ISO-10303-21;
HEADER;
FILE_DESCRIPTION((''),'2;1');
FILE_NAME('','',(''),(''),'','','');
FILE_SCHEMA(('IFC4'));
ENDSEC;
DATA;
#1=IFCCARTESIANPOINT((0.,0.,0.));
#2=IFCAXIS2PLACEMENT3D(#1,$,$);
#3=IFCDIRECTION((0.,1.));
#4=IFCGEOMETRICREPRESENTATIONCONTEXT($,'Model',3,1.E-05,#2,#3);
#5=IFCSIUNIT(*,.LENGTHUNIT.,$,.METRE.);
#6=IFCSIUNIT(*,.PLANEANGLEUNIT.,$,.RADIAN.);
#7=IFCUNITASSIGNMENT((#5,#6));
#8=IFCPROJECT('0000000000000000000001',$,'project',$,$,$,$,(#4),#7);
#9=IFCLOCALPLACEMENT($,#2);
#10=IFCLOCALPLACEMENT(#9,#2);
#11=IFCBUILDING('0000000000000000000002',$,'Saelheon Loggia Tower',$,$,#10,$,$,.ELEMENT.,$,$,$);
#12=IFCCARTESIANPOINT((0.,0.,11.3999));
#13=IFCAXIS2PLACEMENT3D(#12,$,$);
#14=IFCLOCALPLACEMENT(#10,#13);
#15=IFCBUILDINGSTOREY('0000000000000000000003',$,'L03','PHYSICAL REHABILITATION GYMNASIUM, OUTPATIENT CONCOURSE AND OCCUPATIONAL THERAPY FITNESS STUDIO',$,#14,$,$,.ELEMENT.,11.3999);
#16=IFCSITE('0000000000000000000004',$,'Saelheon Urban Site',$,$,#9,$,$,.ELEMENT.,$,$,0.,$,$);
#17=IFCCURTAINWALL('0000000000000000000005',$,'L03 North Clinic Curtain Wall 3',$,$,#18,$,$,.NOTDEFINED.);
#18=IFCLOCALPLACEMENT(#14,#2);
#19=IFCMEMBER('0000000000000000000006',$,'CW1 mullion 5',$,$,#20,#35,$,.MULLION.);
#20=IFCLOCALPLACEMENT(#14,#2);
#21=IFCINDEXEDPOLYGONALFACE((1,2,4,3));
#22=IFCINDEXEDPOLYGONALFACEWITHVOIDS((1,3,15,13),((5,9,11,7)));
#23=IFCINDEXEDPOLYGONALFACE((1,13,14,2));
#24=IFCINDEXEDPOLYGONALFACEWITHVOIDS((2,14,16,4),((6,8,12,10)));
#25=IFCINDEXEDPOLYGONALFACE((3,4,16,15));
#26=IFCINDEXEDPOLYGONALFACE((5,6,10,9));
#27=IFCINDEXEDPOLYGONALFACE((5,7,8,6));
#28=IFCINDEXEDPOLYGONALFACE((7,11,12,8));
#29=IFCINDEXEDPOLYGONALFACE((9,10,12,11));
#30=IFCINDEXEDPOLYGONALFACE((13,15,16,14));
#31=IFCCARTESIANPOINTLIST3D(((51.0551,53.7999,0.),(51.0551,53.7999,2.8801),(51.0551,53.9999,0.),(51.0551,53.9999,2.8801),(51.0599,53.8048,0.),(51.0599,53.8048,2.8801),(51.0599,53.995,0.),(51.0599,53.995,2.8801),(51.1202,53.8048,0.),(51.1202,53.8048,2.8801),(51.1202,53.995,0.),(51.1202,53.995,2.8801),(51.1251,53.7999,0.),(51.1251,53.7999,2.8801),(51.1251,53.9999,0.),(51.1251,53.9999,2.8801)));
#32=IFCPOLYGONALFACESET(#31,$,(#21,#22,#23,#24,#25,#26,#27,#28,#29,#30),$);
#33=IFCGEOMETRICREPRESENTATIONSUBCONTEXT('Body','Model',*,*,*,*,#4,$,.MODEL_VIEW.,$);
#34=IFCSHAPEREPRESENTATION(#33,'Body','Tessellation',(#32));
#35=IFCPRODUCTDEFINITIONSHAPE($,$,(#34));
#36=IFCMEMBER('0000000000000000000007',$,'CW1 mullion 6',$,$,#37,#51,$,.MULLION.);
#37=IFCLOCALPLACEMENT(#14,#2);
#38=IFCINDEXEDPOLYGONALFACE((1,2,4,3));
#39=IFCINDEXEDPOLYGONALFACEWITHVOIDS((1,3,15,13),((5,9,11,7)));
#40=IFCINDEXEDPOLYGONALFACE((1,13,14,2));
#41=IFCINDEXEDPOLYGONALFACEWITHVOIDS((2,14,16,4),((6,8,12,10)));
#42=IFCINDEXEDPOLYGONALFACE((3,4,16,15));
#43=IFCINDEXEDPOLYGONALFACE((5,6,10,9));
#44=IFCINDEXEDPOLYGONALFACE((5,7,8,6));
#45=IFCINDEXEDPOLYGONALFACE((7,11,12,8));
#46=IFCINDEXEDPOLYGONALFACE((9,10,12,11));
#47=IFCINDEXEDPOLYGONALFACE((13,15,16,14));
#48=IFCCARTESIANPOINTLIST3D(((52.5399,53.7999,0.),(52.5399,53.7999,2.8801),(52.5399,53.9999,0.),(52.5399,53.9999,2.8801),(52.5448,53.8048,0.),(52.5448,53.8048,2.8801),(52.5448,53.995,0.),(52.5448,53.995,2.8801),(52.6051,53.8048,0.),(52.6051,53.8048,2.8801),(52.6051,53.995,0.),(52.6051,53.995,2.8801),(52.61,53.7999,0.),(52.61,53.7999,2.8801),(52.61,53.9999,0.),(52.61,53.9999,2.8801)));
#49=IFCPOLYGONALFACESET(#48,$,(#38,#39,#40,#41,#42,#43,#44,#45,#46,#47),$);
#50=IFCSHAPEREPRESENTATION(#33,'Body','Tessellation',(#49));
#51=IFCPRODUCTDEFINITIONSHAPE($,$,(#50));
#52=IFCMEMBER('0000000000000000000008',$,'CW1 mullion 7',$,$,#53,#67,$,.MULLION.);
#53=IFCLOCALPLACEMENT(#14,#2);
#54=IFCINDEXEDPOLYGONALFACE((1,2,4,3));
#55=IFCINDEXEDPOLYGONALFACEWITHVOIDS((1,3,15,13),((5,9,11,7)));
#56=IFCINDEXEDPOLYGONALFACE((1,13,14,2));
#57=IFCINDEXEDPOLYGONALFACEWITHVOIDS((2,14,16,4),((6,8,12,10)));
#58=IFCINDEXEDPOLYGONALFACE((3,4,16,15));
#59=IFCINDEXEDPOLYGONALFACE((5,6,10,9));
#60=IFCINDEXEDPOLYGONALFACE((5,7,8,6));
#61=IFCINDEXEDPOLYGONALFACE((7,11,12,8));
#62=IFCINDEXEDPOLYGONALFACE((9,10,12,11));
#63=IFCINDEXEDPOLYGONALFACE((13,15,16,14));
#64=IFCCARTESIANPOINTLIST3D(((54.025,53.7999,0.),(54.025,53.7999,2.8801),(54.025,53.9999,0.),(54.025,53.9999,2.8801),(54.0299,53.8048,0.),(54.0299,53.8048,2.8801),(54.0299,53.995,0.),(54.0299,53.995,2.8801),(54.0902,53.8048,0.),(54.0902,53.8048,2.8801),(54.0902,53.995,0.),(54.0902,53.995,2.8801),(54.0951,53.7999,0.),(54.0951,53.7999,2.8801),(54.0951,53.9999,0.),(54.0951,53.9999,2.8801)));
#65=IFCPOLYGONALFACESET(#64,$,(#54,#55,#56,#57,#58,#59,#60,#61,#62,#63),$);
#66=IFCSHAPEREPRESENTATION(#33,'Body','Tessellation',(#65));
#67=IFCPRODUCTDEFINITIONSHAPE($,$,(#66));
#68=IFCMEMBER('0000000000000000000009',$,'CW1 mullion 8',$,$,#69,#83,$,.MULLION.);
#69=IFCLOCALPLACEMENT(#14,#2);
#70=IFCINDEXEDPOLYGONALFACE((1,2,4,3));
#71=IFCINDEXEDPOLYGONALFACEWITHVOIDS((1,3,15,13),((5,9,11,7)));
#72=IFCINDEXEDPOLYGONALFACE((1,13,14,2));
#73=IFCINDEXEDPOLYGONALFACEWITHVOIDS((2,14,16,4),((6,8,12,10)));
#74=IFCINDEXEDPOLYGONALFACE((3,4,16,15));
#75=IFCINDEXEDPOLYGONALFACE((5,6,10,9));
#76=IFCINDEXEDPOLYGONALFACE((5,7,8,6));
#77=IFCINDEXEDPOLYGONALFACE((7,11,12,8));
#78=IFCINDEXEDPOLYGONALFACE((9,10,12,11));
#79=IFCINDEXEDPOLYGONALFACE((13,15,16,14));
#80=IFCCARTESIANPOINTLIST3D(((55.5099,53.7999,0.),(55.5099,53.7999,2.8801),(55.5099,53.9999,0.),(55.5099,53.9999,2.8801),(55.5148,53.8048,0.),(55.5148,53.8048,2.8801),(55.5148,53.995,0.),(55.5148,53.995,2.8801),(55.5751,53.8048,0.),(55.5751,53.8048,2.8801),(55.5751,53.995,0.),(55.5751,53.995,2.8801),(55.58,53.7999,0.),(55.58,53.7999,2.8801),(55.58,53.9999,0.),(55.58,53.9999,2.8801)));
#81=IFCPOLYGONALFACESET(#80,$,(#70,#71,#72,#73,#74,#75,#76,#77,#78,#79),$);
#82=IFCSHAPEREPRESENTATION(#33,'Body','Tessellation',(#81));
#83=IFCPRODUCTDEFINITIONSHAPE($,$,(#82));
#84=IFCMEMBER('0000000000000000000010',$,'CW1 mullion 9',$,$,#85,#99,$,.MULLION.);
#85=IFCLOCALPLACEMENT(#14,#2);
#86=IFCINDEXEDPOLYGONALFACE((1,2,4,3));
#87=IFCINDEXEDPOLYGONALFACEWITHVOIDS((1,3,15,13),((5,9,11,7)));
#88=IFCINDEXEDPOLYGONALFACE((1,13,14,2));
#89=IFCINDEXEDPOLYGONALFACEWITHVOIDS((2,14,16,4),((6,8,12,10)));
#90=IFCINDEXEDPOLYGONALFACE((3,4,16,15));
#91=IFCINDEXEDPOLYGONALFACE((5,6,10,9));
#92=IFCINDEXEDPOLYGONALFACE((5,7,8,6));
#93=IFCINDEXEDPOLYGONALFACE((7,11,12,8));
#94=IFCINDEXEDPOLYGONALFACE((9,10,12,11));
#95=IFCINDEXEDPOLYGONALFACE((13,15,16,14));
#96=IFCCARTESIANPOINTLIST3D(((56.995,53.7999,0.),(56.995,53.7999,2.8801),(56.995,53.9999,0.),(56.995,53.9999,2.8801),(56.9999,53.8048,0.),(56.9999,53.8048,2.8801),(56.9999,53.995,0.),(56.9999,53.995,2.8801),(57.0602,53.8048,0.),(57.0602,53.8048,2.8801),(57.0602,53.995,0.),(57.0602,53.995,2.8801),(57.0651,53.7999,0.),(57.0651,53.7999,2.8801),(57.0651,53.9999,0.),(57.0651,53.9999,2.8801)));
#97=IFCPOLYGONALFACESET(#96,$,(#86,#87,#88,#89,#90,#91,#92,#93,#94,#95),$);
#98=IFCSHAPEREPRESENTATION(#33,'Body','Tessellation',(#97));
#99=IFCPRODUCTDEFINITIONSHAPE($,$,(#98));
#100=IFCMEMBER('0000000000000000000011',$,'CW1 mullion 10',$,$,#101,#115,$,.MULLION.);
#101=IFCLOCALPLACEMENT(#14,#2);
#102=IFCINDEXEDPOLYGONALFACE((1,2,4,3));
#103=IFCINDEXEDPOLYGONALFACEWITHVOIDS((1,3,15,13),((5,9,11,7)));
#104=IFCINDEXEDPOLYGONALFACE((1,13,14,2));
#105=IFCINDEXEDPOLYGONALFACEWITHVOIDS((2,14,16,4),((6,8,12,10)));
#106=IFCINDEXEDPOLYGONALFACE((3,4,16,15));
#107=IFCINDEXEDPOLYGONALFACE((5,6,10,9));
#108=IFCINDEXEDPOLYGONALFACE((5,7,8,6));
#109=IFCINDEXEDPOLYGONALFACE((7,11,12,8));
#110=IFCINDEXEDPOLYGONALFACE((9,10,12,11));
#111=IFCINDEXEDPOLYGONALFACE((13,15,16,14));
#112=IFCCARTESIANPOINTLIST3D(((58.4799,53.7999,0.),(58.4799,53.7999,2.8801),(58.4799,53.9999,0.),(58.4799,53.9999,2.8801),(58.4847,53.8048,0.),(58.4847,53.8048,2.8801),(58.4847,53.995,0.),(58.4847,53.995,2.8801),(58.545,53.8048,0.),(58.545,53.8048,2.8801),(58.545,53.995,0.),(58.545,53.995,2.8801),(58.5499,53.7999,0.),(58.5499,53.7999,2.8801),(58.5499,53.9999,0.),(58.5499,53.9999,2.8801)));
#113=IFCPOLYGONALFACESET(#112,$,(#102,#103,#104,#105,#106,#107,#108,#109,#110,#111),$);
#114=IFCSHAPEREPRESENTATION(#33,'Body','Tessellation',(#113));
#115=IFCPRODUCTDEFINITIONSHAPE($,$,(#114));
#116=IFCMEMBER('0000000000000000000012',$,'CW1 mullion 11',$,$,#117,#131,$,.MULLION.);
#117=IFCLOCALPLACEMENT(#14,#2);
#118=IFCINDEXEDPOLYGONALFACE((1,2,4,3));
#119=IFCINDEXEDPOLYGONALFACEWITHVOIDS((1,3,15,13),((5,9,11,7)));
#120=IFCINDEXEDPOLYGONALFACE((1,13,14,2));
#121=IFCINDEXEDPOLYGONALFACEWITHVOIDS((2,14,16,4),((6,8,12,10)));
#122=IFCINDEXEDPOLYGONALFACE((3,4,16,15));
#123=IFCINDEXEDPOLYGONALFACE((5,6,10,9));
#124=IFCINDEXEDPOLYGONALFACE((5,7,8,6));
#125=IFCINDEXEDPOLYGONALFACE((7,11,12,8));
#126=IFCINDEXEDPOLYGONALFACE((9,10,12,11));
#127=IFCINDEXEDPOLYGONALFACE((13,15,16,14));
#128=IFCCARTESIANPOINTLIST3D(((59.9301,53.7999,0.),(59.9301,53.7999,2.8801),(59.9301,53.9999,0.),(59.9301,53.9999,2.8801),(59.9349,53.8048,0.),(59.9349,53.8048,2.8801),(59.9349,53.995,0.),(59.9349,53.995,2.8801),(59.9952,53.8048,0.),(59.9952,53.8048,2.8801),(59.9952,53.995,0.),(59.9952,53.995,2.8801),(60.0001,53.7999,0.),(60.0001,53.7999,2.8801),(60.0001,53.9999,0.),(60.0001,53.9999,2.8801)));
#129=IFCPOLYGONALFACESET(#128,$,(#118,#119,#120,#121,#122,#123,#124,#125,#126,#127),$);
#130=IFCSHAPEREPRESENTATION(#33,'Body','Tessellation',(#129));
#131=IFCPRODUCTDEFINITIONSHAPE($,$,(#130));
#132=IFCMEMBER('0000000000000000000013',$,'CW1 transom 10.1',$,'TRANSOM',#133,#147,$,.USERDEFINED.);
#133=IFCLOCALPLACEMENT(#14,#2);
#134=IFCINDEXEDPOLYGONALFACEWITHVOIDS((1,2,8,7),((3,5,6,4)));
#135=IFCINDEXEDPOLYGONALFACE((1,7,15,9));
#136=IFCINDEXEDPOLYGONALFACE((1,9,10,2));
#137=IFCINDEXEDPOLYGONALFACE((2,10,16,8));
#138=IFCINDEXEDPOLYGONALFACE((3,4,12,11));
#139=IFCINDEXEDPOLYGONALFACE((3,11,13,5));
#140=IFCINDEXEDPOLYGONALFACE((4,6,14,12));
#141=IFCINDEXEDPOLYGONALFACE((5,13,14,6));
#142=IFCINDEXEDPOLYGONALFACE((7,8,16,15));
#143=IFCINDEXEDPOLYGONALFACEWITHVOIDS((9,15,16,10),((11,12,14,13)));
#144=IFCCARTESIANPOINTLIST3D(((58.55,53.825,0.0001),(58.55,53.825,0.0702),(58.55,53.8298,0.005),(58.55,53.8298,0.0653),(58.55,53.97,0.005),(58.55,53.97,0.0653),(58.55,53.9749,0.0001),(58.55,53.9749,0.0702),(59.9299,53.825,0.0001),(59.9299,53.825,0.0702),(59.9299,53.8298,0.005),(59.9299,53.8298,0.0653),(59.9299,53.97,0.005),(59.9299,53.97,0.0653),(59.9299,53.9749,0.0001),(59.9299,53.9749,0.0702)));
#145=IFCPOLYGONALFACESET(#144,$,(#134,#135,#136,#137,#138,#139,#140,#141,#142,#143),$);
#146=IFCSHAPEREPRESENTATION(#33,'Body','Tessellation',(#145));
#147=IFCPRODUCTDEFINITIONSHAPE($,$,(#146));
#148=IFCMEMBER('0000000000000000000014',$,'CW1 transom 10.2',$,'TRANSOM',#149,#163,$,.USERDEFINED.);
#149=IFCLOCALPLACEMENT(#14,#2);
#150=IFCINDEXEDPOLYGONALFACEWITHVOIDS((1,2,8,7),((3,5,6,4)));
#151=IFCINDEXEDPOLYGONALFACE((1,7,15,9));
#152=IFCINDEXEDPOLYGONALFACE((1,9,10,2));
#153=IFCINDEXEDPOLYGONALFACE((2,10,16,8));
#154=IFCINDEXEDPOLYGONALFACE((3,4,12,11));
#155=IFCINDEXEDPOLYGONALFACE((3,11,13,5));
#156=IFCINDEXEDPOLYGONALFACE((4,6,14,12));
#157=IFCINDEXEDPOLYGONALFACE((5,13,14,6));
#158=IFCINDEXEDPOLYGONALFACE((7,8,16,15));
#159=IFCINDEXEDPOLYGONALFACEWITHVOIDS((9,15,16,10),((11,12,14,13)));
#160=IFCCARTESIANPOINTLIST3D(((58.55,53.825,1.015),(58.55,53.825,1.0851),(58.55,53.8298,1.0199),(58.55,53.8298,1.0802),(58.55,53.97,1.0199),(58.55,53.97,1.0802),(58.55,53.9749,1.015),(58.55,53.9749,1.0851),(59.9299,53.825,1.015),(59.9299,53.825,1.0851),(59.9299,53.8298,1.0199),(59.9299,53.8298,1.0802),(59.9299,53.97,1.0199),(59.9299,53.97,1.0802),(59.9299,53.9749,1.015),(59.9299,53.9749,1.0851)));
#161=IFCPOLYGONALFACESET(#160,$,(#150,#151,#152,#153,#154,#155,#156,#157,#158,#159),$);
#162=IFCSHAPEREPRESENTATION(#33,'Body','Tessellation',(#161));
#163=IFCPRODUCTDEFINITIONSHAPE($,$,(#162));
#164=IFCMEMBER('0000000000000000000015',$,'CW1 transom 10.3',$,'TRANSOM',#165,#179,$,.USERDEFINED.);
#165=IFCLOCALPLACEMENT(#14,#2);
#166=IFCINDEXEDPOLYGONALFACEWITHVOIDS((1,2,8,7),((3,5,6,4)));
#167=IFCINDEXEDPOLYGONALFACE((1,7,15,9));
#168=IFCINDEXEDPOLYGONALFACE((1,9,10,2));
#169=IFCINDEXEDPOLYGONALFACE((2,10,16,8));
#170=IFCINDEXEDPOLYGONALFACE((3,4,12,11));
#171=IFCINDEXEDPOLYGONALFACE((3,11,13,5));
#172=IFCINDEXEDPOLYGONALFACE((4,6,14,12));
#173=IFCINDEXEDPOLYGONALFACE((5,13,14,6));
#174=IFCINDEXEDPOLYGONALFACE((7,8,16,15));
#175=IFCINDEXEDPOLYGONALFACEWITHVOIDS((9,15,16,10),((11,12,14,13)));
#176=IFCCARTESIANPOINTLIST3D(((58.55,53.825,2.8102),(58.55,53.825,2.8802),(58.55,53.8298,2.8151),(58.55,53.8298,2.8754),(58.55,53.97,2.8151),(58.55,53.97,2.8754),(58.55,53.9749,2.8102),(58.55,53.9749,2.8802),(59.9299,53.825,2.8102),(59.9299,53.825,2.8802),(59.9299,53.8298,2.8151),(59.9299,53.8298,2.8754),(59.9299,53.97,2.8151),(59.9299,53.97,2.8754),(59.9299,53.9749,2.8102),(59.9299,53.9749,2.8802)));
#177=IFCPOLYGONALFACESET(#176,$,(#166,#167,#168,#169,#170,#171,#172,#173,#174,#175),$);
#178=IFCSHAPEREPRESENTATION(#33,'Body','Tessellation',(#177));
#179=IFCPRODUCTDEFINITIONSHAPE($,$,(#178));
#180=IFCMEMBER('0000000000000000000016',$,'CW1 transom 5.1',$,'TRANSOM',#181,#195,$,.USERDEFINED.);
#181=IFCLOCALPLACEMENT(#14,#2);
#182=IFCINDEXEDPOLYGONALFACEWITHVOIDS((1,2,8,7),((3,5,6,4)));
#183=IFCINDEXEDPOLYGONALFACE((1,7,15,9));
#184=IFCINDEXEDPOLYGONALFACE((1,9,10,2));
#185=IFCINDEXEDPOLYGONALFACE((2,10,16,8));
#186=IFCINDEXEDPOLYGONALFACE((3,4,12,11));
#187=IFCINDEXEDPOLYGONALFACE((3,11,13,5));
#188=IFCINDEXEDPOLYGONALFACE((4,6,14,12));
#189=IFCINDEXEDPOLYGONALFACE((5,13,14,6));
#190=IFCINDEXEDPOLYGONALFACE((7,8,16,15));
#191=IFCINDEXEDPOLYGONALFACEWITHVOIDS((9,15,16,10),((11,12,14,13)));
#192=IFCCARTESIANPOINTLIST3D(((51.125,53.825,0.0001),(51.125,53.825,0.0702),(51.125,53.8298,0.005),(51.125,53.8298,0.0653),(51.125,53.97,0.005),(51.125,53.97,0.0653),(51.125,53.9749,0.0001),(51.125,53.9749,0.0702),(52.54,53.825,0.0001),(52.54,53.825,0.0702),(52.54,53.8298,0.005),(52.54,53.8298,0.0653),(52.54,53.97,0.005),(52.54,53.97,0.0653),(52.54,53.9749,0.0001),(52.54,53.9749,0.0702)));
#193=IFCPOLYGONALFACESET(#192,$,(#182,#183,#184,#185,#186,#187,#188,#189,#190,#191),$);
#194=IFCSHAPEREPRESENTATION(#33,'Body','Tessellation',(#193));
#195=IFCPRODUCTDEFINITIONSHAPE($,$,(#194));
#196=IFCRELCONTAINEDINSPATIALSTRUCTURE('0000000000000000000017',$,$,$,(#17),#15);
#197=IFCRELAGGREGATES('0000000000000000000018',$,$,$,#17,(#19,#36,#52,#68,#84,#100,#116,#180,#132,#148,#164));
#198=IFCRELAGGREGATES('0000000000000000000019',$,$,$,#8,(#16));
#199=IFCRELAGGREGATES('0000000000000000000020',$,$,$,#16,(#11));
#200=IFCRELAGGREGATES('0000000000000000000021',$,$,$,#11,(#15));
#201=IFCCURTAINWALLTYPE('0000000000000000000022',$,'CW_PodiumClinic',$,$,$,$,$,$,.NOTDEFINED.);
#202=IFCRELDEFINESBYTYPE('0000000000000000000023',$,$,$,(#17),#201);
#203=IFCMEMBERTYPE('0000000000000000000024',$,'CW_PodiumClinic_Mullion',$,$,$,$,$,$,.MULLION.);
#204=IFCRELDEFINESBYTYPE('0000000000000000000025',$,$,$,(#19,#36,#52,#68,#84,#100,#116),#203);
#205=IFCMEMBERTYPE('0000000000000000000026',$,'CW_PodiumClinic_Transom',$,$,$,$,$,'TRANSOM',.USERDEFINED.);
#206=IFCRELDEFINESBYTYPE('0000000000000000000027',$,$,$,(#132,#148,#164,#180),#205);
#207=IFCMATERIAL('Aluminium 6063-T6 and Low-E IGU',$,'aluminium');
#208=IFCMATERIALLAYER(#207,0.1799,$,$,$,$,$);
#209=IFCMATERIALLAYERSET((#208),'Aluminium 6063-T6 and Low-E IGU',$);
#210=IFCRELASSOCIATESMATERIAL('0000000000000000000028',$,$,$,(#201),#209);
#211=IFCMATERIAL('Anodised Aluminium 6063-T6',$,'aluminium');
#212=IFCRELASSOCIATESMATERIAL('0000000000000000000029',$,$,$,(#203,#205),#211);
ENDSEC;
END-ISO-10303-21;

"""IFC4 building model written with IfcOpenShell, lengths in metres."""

from ifc_helpers import new_model, si_unit, direction, frame, origin, origin_2d, place, context, subcontext, project, spatial, hollow_rectangle, extrude, source, transform, mapped, material, layer, layer_set, material_profile, profile_set, type_object, element, aggregate, save


model = new_model("IFC4")

# Units and contexts
model_context = context("Model", 3, precision=1e-05, world=origin(), true_north=direction((0.0, 1.0)))
body_context = subcontext(model_context, "Body", "Model", "MODEL_VIEW")
ifc_project = project(units=[si_unit("LENGTHUNIT", "METRE"), si_unit("PLANEANGLEUNIT", "RADIAN")], contexts=[model_context])

# Site, building, storey
site_placement = place(None, origin())
site = spatial("IfcSite", under=ifc_project, at=site_placement, Name="Saelheon Urban Site", CompositionType="ELEMENT", RefElevation=0.0)
building_placement = place(site_placement, origin())
building = spatial("IfcBuilding", under=site, at=building_placement, Name="Saelheon Loggia Tower", CompositionType="ELEMENT")
storey_placement = place(building_placement, frame((0.0, 0.0, 11.3999)))
storey = spatial("IfcBuildingStorey", under=building, at=storey_placement, Name="L03", Description="PHYSICAL REHABILITATION GYMNASIUM, OUTPATIENT CONCOURSE AND OCCUPATIONAL THERAPY FITNESS STUDIO", CompositionType="ELEMENT", Elevation=11.3999)

# Curtain wall, members
ifc_material_1 = material(Name="Aluminium 6063-T6 and Low-E IGU", Category="aluminium")
ifc_layer_1 = layer(ifc_material_1, 0.1799)
ifc_layer_set_1 = layer_set([ifc_layer_1], Name="Aluminium 6063-T6 and Low-E IGU")
curtain_wall_type = type_object("IfcCurtainWallType", Name="CW_PodiumClinic", PredefinedType="NOTDEFINED", material=ifc_layer_set_1)
curtain_wall_placement = place(storey_placement, origin())
curtain_wall = element("IfcCurtainWall", 1, at=curtain_wall_placement, inside=storey, type_object=curtain_wall_type, Name="L03 North Clinic Curtain Wall 3", PredefinedType="NOTDEFINED")
ifc_material_2 = material(Name="Anodised Aluminium 6063-T6", Category="aluminium")
ifc_material_profile_1 = material_profile(ifc_material_2, hollow_rectangle(XDim=0.0701, YDim=0.2, WallThickness=0.0049, at=origin_2d()), Name="RHS-200x70x5")
ifc_profile_set_1 = profile_set([ifc_material_profile_1], Name="Anodised Aluminium 6063-T6")
member_type_1 = type_object("IfcMemberType", Name="CW_PodiumClinic_Mullion", PredefinedType="MULLION", material=ifc_profile_set_1)
shared_shape_1 = source(origin(), body_context, "Body", "SweptSolid", [
    extrude(hollow_rectangle(XDim=0.0701, YDim=0.2, WallThickness=0.0049, at=origin_2d()), origin(), (0.0, 0.0, 1.0), 2.8801),
])
member_1_placement = place(storey_placement, frame((51.0901, 53.8999, 0.0), z_axis=(0.0, 0.0, 1.0), x_axis=(1.0, 0.0, 0.0)))
member_1 = element("IfcMember", 2, at=member_1_placement, type_object=member_type_1, Name="CW1 mullion 5", PredefinedType="MULLION", context=body_context, shape_type="MappedRepresentation", body=[
    mapped(shared_shape_1, transform((0.0, 0.0, 0.0), scale=1.0)),
])
member_2_placement = place(storey_placement, frame((52.575, 53.8999, 0.0), z_axis=(0.0, 0.0, 1.0), x_axis=(1.0, 0.0, 0.0)))
member_2 = element("IfcMember", 3, at=member_2_placement, type_object=member_type_1, Name="CW1 mullion 6", PredefinedType="MULLION", context=body_context, shape_type="MappedRepresentation", body=[
    mapped(shared_shape_1, transform((0.0, 0.0, 0.0), scale=1.0)),
])
member_3_placement = place(storey_placement, frame((54.0601, 53.8999, 0.0), z_axis=(0.0, 0.0, 1.0), x_axis=(1.0, 0.0, 0.0)))
member_3 = element("IfcMember", 4, at=member_3_placement, type_object=member_type_1, Name="CW1 mullion 7", PredefinedType="MULLION", context=body_context, shape_type="MappedRepresentation", body=[
    mapped(shared_shape_1, transform((0.0, 0.0, 0.0), scale=1.0)),
])
member_4_placement = place(storey_placement, frame((55.5449, 53.8999, 0.0), z_axis=(0.0, 0.0, 1.0), x_axis=(1.0, 0.0, 0.0)))
member_4 = element("IfcMember", 5, at=member_4_placement, type_object=member_type_1, Name="CW1 mullion 8", PredefinedType="MULLION", context=body_context, shape_type="MappedRepresentation", body=[
    mapped(shared_shape_1, transform((0.0, 0.0, 0.0), scale=1.0)),
])
member_5_placement = place(storey_placement, frame((57.03, 53.8999, 0.0), z_axis=(0.0, 0.0, 1.0), x_axis=(1.0, 0.0, 0.0)))
member_5 = element("IfcMember", 6, at=member_5_placement, type_object=member_type_1, Name="CW1 mullion 9", PredefinedType="MULLION", context=body_context, shape_type="MappedRepresentation", body=[
    mapped(shared_shape_1, transform((0.0, 0.0, 0.0), scale=1.0)),
])
member_6_placement = place(storey_placement, frame((58.5149, 53.8999, 0.0), z_axis=(0.0, 0.0, 1.0), x_axis=(1.0, 0.0, 0.0)))
member_6 = element("IfcMember", 7, at=member_6_placement, type_object=member_type_1, Name="CW1 mullion 10", PredefinedType="MULLION", context=body_context, shape_type="MappedRepresentation", body=[
    mapped(shared_shape_1, transform((0.0, 0.0, 0.0), scale=1.0)),
])
member_7_placement = place(storey_placement, frame((59.9651, 53.8999, 0.0), z_axis=(0.0, 0.0, 1.0), x_axis=(1.0, 0.0, 0.0)))
member_7 = element("IfcMember", 8, at=member_7_placement, type_object=member_type_1, Name="CW1 mullion 11", PredefinedType="MULLION", context=body_context, shape_type="MappedRepresentation", body=[
    mapped(shared_shape_1, transform((0.0, 0.0, 0.0), scale=1.0)),
])
ifc_material_profile_2 = material_profile(ifc_material_2, hollow_rectangle(XDim=0.0701, YDim=0.1499, WallThickness=0.0049, at=origin_2d()), Name="RHS-150x70x5")
ifc_profile_set_2 = profile_set([ifc_material_profile_2], Name="Anodised Aluminium 6063-T6")
member_type_2 = type_object("IfcMemberType", Name="CW_PodiumClinic_Transom", ElementType="TRANSOM", PredefinedType="USERDEFINED", material=ifc_profile_set_2)
shared_shape_2 = source(origin(), body_context, "Body", "SweptSolid", [
    extrude(hollow_rectangle(XDim=0.0701, YDim=0.1499, WallThickness=0.0049, at=origin_2d()), origin(), (0.0, 0.0, 1.0), 1.3799),
])
member_8_placement = place(storey_placement, frame((58.55, 53.8999, 0.0352), z_axis=(1.0, 0.0, 0.0), x_axis=(0.0, 0.0, 1.0)))
member_8 = element("IfcMember", 9, at=member_8_placement, type_object=member_type_2, Name="CW1 transom 10.1", ObjectType="TRANSOM", PredefinedType="USERDEFINED", context=body_context, shape_type="MappedRepresentation", body=[
    mapped(shared_shape_2, transform((0.0, 0.0, 0.0), scale=1.0)),
])
member_9_placement = place(storey_placement, frame((58.55, 53.8999, 1.05), z_axis=(1.0, 0.0, 0.0), x_axis=(0.0, 0.0, 1.0)))
member_9 = element("IfcMember", 10, at=member_9_placement, type_object=member_type_2, Name="CW1 transom 10.2", ObjectType="TRANSOM", PredefinedType="USERDEFINED", context=body_context, shape_type="MappedRepresentation", body=[
    mapped(shared_shape_2, transform((0.0, 0.0, 0.0), scale=1.0)),
])
member_10_placement = place(storey_placement, frame((58.55, 53.8999, 2.8452), z_axis=(1.0, 0.0, 0.0), x_axis=(0.0, 0.0, 1.0)))
member_10 = element("IfcMember", 11, at=member_10_placement, type_object=member_type_2, Name="CW1 transom 10.3", ObjectType="TRANSOM", PredefinedType="USERDEFINED", context=body_context, shape_type="MappedRepresentation", body=[
    mapped(shared_shape_2, transform((0.0, 0.0, 0.0), scale=1.0)),
])
shared_shape_3 = source(origin(), body_context, "Body", "SweptSolid", [
    extrude(hollow_rectangle(XDim=0.0701, YDim=0.1499, WallThickness=0.0049, at=origin_2d()), origin(), (0.0, 0.0, 1.0), 1.415),
])
member_11_placement = place(storey_placement, frame((51.125, 53.8999, 0.0352), z_axis=(1.0, 0.0, 0.0), x_axis=(0.0, 0.0, 1.0)))
member_11 = element("IfcMember", 12, at=member_11_placement, type_object=member_type_2, Name="CW1 transom 5.1", ObjectType="TRANSOM", PredefinedType="USERDEFINED", context=body_context, shape_type="MappedRepresentation", body=[
    mapped(shared_shape_3, transform((0.0, 0.0, 0.0), scale=1.0)),
])
aggregate(curtain_wall, [member_1, member_2, member_3, member_4, member_5, member_6, member_7, member_11, member_8, member_9, member_10])

save(model, "model.ifc")
